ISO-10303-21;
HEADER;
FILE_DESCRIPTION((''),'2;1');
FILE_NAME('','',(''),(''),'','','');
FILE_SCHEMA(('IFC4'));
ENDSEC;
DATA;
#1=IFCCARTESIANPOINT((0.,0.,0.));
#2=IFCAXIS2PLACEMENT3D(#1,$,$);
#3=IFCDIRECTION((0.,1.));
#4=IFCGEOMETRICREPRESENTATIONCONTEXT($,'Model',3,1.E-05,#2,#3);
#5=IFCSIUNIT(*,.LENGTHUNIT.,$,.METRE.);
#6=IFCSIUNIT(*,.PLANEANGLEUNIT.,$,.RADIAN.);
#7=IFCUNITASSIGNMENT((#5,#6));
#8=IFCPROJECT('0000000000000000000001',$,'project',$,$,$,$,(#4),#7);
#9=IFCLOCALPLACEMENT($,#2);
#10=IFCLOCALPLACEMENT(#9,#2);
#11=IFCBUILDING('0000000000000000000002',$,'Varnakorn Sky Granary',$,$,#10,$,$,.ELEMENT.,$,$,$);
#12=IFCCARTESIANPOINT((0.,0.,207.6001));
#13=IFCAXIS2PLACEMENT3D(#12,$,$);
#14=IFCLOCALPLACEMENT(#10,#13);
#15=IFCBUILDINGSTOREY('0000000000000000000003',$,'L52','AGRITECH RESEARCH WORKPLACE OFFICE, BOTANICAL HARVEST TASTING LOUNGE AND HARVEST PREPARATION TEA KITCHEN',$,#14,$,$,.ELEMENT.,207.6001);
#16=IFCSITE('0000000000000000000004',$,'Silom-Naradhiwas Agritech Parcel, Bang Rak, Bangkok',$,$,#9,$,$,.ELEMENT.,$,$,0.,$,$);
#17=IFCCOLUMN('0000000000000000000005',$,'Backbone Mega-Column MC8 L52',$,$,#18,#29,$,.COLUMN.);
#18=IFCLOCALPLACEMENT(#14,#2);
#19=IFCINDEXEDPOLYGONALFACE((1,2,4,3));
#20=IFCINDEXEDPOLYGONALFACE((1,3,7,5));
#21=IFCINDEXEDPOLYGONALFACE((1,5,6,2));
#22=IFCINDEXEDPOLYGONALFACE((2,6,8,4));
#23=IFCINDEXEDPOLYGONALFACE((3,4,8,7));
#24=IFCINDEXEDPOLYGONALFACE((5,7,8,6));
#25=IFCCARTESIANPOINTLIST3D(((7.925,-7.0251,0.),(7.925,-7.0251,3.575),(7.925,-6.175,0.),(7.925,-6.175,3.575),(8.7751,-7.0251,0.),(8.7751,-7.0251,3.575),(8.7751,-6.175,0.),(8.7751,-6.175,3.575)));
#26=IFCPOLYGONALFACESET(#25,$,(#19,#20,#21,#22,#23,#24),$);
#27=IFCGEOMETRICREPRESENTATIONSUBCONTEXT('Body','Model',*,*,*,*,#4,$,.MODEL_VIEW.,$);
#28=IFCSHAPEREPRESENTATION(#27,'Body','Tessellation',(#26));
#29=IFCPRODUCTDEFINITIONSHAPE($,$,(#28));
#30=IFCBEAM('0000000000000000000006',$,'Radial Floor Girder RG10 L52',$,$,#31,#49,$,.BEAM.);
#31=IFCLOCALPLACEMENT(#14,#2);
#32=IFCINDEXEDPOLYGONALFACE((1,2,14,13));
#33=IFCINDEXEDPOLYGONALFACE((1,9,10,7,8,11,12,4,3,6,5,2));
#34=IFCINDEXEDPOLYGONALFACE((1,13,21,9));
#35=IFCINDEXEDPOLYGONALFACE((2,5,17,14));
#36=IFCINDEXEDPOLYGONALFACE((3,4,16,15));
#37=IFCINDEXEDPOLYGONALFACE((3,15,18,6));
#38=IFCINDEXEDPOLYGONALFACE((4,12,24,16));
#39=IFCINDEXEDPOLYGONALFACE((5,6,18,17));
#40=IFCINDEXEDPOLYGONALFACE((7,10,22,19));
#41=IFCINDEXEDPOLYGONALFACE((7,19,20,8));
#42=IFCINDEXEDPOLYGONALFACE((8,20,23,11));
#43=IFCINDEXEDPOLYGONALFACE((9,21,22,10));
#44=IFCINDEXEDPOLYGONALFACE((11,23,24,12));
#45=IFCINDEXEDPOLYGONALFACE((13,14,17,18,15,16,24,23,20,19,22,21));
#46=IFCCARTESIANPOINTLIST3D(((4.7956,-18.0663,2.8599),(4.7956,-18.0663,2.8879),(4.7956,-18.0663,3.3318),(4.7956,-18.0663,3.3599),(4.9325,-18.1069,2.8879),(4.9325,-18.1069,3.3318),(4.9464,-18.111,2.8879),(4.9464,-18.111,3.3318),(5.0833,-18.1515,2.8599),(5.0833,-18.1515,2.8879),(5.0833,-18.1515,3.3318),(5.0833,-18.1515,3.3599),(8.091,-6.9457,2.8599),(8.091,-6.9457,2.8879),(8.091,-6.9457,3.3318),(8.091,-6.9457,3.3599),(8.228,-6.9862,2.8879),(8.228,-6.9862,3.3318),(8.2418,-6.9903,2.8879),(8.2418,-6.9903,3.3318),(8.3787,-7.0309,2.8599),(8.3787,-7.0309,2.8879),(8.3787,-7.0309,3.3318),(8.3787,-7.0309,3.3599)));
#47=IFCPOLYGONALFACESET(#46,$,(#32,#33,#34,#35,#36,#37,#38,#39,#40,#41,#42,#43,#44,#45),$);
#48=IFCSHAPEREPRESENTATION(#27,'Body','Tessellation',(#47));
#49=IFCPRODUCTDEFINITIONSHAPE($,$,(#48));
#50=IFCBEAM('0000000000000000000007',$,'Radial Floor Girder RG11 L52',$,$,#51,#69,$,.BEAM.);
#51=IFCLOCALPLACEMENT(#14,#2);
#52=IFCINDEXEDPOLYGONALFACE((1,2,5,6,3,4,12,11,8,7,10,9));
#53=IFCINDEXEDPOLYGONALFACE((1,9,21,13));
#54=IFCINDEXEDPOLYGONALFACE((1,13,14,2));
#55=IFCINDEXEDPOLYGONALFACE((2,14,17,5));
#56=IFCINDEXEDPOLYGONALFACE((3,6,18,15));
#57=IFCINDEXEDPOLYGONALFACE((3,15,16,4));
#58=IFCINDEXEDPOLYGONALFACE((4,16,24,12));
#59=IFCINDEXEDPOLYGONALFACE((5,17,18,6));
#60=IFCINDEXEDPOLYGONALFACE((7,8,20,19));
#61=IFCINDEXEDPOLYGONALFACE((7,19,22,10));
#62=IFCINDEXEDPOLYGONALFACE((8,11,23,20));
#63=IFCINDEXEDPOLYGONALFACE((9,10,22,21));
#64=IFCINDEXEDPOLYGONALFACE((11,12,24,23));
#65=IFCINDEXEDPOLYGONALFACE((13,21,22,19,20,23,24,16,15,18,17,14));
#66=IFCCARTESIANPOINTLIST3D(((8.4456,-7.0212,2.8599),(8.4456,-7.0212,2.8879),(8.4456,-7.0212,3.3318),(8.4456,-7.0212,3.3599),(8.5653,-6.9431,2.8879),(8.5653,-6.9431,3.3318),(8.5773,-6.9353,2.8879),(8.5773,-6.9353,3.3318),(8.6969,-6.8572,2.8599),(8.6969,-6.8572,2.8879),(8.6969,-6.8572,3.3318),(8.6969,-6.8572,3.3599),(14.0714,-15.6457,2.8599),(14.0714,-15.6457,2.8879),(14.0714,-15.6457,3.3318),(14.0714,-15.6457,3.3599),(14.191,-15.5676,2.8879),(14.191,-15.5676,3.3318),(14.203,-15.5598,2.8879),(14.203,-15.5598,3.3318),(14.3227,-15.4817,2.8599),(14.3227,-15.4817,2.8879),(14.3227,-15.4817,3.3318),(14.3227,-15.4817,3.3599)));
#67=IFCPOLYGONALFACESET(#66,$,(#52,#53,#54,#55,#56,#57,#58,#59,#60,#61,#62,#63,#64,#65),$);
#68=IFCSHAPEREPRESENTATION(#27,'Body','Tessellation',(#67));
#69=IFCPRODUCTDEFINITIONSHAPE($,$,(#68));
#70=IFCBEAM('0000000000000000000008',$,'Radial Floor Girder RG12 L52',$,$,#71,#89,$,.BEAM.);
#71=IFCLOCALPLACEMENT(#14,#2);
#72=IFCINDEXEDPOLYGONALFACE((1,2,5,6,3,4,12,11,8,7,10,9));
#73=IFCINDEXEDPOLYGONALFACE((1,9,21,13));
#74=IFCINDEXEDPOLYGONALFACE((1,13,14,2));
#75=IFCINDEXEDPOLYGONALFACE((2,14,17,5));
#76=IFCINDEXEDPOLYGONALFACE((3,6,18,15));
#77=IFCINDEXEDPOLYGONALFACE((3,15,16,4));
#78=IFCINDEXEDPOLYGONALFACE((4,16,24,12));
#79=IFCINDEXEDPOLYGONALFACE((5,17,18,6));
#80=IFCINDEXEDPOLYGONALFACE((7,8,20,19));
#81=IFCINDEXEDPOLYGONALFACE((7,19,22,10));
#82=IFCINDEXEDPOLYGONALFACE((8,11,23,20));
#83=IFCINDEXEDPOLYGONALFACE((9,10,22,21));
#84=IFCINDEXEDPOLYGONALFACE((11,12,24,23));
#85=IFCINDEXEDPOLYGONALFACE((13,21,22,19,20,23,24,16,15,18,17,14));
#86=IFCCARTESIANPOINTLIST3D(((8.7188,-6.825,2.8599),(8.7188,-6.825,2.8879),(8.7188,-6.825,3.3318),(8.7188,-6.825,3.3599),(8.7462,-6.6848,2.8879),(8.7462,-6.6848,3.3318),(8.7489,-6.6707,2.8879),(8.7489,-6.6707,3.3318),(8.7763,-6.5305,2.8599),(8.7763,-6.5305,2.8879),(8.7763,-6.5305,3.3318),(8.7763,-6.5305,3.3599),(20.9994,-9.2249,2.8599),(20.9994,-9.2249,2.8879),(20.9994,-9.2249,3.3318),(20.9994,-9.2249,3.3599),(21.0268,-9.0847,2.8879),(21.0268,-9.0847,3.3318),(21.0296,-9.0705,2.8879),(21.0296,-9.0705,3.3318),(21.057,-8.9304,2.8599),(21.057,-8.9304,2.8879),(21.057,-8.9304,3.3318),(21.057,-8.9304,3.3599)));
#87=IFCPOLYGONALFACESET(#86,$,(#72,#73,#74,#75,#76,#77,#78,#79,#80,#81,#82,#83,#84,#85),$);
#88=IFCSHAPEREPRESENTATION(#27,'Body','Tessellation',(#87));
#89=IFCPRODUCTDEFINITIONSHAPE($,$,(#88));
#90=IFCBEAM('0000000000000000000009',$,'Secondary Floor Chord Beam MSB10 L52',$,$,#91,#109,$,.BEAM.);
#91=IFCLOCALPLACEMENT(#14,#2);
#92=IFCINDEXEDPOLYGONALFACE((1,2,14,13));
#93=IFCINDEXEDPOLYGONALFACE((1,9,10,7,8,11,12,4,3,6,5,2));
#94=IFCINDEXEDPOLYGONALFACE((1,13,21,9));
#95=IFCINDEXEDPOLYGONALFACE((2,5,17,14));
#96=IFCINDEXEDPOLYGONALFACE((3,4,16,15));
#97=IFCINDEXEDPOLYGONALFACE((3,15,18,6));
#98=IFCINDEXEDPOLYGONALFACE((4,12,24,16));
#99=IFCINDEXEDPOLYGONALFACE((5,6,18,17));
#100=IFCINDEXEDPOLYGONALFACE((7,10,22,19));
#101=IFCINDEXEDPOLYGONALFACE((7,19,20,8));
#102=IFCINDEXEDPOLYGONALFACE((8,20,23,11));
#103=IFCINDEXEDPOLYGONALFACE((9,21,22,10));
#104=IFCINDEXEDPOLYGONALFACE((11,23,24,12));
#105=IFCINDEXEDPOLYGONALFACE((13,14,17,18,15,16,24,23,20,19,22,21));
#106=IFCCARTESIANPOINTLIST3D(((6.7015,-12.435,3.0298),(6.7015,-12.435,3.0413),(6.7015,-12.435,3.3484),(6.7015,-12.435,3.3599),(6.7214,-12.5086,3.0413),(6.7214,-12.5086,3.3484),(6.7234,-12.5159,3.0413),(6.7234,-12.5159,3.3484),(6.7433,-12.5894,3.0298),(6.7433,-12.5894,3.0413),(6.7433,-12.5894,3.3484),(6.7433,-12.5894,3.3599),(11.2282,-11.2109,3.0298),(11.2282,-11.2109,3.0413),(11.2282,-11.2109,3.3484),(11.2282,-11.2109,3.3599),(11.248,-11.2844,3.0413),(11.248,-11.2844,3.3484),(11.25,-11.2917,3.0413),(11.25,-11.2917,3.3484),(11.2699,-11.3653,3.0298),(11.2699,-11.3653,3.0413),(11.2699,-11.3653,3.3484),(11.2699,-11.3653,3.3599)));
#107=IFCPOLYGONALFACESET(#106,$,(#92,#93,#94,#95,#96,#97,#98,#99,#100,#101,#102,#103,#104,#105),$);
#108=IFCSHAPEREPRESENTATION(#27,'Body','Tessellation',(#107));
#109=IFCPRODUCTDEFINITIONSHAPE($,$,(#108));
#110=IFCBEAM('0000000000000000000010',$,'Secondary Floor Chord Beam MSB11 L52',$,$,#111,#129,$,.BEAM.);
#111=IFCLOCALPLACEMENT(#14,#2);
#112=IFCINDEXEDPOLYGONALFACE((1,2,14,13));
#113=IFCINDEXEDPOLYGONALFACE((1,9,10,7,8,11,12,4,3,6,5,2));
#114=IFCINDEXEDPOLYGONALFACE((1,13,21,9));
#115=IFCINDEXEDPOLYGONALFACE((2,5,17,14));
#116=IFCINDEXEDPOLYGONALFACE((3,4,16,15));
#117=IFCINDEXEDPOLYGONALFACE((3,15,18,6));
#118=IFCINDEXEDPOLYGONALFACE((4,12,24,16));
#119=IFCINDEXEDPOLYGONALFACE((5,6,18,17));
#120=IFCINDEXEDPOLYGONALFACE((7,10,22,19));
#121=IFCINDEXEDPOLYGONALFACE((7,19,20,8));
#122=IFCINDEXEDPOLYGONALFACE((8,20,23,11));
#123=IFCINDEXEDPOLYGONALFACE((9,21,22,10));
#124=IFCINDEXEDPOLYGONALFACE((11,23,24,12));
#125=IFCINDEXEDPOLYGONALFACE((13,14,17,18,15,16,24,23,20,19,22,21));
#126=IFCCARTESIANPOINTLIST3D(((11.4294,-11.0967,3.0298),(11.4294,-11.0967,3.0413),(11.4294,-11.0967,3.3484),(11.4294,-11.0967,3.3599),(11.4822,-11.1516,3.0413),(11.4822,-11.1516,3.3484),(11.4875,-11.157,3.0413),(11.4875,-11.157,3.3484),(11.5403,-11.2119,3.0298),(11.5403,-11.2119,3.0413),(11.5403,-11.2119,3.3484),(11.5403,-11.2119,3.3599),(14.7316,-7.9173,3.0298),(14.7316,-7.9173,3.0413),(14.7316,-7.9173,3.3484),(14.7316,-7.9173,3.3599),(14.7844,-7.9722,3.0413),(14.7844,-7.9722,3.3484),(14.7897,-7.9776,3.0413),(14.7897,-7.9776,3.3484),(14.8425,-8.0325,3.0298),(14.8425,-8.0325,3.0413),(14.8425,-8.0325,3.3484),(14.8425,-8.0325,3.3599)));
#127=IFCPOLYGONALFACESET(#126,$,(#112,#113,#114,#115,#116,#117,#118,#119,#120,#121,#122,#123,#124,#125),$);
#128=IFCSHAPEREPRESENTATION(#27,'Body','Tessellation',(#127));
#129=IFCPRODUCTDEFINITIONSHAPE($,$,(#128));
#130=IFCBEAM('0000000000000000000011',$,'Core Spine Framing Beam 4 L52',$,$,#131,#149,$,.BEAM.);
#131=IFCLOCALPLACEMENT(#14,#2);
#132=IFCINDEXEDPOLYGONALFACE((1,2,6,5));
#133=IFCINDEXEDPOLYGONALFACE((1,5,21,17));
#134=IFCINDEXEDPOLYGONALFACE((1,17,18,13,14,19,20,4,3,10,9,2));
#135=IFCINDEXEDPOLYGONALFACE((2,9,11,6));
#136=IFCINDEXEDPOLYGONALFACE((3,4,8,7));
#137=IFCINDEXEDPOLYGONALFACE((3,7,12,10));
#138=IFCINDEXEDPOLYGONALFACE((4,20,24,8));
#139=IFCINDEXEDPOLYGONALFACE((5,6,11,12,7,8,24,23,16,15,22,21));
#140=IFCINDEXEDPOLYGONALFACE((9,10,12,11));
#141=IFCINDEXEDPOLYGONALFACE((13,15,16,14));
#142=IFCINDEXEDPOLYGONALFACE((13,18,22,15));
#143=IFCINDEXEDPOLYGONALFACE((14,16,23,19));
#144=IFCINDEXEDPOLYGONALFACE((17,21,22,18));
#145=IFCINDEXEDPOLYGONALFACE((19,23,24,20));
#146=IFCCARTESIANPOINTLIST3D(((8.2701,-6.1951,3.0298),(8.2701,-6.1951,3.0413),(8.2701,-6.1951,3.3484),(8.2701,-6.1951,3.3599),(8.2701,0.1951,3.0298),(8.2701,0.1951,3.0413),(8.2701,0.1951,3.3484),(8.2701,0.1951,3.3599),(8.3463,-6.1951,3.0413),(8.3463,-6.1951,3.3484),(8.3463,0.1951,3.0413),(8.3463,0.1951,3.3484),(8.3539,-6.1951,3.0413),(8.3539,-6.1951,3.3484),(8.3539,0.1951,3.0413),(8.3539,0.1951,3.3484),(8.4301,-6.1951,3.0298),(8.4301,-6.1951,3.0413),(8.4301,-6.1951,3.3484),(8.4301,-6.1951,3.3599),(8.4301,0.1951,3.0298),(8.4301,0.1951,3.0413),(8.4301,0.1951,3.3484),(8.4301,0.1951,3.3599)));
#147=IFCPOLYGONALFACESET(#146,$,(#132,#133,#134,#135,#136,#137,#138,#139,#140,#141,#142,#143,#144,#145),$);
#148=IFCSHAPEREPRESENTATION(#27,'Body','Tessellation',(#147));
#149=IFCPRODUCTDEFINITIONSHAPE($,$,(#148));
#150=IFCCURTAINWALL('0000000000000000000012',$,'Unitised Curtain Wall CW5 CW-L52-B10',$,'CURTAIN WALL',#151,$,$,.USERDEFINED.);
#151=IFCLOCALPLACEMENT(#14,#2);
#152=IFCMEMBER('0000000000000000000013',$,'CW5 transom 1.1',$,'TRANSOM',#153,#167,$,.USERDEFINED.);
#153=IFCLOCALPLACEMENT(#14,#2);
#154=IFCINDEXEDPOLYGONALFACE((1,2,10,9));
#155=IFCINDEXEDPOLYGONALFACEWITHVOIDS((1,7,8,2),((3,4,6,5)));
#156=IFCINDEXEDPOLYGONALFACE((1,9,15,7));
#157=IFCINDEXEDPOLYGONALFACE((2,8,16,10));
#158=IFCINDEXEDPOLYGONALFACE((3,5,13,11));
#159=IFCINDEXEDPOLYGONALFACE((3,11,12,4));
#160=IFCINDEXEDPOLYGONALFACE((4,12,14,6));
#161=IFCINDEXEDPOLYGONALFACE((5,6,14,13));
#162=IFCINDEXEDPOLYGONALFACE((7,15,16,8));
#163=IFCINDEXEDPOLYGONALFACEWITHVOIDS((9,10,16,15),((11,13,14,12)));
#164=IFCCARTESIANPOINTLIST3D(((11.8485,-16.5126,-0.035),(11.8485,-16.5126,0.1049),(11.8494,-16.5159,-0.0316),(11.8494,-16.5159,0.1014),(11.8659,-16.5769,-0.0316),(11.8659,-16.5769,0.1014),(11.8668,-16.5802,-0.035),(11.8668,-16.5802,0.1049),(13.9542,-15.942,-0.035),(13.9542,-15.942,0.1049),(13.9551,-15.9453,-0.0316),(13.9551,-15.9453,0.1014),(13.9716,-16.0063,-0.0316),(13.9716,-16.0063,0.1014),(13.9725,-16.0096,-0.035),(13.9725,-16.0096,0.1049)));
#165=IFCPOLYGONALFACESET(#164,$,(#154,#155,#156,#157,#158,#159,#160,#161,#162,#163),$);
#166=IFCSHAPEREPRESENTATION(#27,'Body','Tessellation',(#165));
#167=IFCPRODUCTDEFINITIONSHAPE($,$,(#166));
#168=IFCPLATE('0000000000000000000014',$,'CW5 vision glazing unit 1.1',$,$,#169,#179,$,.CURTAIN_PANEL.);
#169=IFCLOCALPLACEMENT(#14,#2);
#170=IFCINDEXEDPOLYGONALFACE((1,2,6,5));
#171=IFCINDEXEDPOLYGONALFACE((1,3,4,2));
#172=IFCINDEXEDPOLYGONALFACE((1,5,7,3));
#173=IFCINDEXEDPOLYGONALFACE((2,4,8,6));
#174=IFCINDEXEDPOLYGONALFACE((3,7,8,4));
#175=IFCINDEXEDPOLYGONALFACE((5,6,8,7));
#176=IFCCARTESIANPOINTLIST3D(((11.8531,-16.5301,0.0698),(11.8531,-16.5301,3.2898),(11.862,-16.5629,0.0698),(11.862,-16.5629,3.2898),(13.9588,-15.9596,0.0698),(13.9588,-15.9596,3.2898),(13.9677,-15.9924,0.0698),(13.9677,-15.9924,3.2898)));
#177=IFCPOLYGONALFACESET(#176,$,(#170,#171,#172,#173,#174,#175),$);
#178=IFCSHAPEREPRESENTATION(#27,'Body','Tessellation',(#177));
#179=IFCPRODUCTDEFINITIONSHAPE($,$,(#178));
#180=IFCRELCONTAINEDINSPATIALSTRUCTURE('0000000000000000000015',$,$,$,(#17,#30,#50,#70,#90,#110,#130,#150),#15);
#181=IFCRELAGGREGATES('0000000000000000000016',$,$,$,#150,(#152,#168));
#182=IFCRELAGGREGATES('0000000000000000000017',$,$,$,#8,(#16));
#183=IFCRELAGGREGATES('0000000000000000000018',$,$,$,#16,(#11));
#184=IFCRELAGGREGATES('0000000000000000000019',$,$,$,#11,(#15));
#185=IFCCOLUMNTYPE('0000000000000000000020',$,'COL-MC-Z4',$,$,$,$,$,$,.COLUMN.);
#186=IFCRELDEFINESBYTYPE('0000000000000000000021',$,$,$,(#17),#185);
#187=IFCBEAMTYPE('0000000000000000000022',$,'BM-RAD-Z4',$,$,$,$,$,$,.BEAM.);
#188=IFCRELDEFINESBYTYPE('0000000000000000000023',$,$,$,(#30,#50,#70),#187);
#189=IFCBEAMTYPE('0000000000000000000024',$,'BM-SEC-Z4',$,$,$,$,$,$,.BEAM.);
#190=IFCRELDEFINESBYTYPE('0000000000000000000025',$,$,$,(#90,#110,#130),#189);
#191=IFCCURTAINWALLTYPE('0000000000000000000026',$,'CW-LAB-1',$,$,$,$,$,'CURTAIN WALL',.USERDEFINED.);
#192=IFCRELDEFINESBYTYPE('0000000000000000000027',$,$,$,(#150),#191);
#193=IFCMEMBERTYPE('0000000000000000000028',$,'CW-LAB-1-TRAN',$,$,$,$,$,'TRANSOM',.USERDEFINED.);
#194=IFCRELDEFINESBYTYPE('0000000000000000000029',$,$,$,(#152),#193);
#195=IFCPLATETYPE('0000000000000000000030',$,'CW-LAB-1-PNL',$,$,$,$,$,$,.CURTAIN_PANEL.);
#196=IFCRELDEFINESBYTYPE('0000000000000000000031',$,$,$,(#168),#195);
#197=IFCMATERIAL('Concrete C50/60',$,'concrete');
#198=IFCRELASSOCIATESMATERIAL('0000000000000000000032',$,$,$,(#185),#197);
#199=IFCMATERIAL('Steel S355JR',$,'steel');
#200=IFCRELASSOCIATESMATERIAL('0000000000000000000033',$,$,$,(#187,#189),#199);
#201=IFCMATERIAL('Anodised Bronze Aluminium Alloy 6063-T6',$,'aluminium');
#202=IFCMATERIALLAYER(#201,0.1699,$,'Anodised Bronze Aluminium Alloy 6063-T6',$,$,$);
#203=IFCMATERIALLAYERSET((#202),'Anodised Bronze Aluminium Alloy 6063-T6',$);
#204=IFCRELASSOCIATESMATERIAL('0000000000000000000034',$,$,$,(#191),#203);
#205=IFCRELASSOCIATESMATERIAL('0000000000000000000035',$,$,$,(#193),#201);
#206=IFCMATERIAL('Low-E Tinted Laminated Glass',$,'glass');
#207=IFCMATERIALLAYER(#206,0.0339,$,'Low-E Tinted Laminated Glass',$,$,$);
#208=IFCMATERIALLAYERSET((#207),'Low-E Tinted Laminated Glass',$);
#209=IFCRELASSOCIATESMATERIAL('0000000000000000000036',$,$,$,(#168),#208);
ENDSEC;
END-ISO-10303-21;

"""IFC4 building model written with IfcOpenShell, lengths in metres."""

from ifc_helpers import new_model, si_unit, direction, frame, origin, origin_2d, place, context, subcontext, project, spatial, rectangle, hollow_rectangle, i_section, extrude, source, transform, mapped, material, layer, layer_set, material_profile, profile_set, type_object, type_shapes, element, aggregate, save


model = new_model("IFC4")

# Units and contexts
model_context = context("Model", 3, precision=1e-05, world=origin(), true_north=direction((0.0, 1.0)))
body_context = subcontext(model_context, "Body", "Model", "MODEL_VIEW")
ifc_project = project(units=[si_unit("LENGTHUNIT", "METRE"), si_unit("PLANEANGLEUNIT", "RADIAN")], contexts=[model_context])

# Site, building, storey
site_placement = place(None, origin())
site = spatial("IfcSite", under=ifc_project, at=site_placement, Name="Silom-Naradhiwas Agritech Parcel, Bang Rak, Bangkok", CompositionType="ELEMENT", RefElevation=0.0)
building_placement = place(site_placement, origin())
building = spatial("IfcBuilding", under=site, at=building_placement, Name="Varnakorn Sky Granary", CompositionType="ELEMENT")
storey_placement = place(building_placement, frame((0.0, 0.0, 207.6001)))
storey = spatial("IfcBuildingStorey", under=building, at=storey_placement, Name="L52", Description="AGRITECH RESEARCH WORKPLACE OFFICE, BOTANICAL HARVEST TASTING LOUNGE AND HARVEST PREPARATION TEA KITCHEN", CompositionType="ELEMENT", Elevation=207.6001)

# Column
ifc_material_1 = material(Name="Concrete C50/60", Category="concrete")
ifc_material_profile_1 = material_profile(ifc_material_1, rectangle(XDim=0.8501, YDim=0.8501, at=origin_2d()), Name="RC 850x850")
ifc_profile_set_1 = profile_set([ifc_material_profile_1], Name="Concrete C50/60")
column_type = type_object("IfcColumnType", Name="COL-MC-Z4", PredefinedType="COLUMN", material=ifc_profile_set_1)
column_placement = place(storey_placement, frame((8.3501, -6.6001, 0.0), z_axis=(0.0, 0.0, 1.0), x_axis=(1.0, 0.0, 0.0)))
element("IfcColumn", 1, at=column_placement, inside=storey, type_object=column_type, Name="Backbone Mega-Column MC8 L52", PredefinedType="COLUMN", context=body_context, shape_type="SweptSolid", body=[
    extrude(rectangle(XDim=0.8501, YDim=0.8501, at=origin_2d()), origin(), (0.0, 0.0, 1.0), 3.575),
])

# Beams
ifc_material_2 = material(Name="Steel S355JR", Category="steel")
ifc_material_profile_2 = material_profile(ifc_material_2, i_section(OverallWidth=0.3, OverallDepth=0.5, WebThickness=0.0144, FlangeThickness=0.0281, at=origin_2d()), Name="HE 500 B")
ifc_profile_set_2 = profile_set([ifc_material_profile_2], Name="Steel S355JR")
beam_type_1 = type_object("IfcBeamType", Name="BM-RAD-Z4", PredefinedType="BEAM", material=ifc_profile_set_2)
beam_1_placement = place(storey_placement, frame((8.2349, -6.9883, 3.1099), z_axis=(-0.284121, -0.958788, 0.0), x_axis=(0.958788, -0.284121, 0.0)))
element("IfcBeam", 2, at=beam_1_placement, inside=storey, type_object=beam_type_1, Name="Radial Floor Girder RG10 L52", PredefinedType="BEAM", context=body_context, shape_type="SweptSolid", body=[
    extrude(i_section(OverallWidth=0.3, OverallDepth=0.5, WebThickness=0.0144, FlangeThickness=0.0281, at=origin_2d()), origin(), (0.0, 0.0, 1.0), 11.5986),
])
beam_2_placement = place(storey_placement, frame((8.5713, -6.9392, 3.1099), z_axis=(0.546339, -0.837564, 0.0), x_axis=(0.837564, 0.546339, 0.0)))
element("IfcBeam", 3, at=beam_2_placement, inside=storey, type_object=beam_type_1, Name="Radial Floor Girder RG11 L52", PredefinedType="BEAM", context=body_context, shape_type="SweptSolid", body=[
    extrude(i_section(OverallWidth=0.3, OverallDepth=0.5, WebThickness=0.0144, FlangeThickness=0.0281, at=origin_2d()), origin(), (0.0, 0.0, 1.0), 10.2971),
])
beam_3_placement = place(storey_placement, frame((8.7476, -6.6777, 3.1099), z_axis=(0.981436, -0.191792, 0.0), x_axis=(0.191792, 0.981436, 0.0)))
element("IfcBeam", 4, at=beam_3_placement, inside=storey, type_object=beam_type_1, Name="Radial Floor Girder RG12 L52", PredefinedType="BEAM", context=body_context, shape_type="SweptSolid", body=[
    extrude(i_section(OverallWidth=0.3, OverallDepth=0.5, WebThickness=0.0144, FlangeThickness=0.0281, at=origin_2d()), origin(), (0.0, 0.0, 1.0), 12.5129),
])
ifc_material_profile_3 = material_profile(ifc_material_2, i_section(OverallWidth=0.1599, OverallDepth=0.3301, WebThickness=0.0076, FlangeThickness=0.0115, at=origin_2d()), Name="IPE 330")
ifc_profile_set_3 = profile_set([ifc_material_profile_3], Name="Steel S355JR")
beam_type_2 = type_object("IfcBeamType", Name="BM-SEC-Z4", PredefinedType="BEAM", material=ifc_profile_set_3)
beam_4_placement = place(storey_placement, frame((6.7224, -12.5122, 3.1948), z_axis=(0.965325, 0.261051, 0.0), x_axis=(-0.261051, 0.965325, 0.0)))
element("IfcBeam", 5, at=beam_4_placement, inside=storey, type_object=beam_type_2, Name="Secondary Floor Chord Beam MSB10 L52", PredefinedType="BEAM", context=body_context, shape_type="SweptSolid", body=[
    extrude(i_section(OverallWidth=0.1599, OverallDepth=0.3301, WebThickness=0.0076, FlangeThickness=0.0115, at=origin_2d()), origin(), (0.0, 0.0, 1.0), 4.6892),
])
beam_5_placement = place(storey_placement, frame((11.4849, -11.1543, 3.1948), z_axis=(0.720374, 0.693585, 0.0), x_axis=(-0.693585, 0.720374, 0.0)))
element("IfcBeam", 6, at=beam_5_placement, inside=storey, type_object=beam_type_2, Name="Secondary Floor Chord Beam MSB11 L52", PredefinedType="BEAM", context=body_context, shape_type="SweptSolid", body=[
    extrude(i_section(OverallWidth=0.1599, OverallDepth=0.3301, WebThickness=0.0076, FlangeThickness=0.0115, at=origin_2d()), origin(), (0.0, 0.0, 1.0), 4.584),
])
beam_6_placement = place(storey_placement, frame((8.3501, 0.1951, 3.1948), z_axis=(0.0, -1.0, 0.0), x_axis=(1.0, 0.0, 0.0)))
element("IfcBeam", 7, at=beam_6_placement, inside=storey, type_object=beam_type_2, Name="Core Spine Framing Beam 4 L52", PredefinedType="BEAM", context=body_context, shape_type="SweptSolid", body=[
    extrude(i_section(OverallWidth=0.1599, OverallDepth=0.3301, WebThickness=0.0076, FlangeThickness=0.0115, at=origin_2d()), origin(), (0.0, 0.0, 1.0), 6.3901),
])

# Curtain wall, member, plate
ifc_material_3 = material(Name="Anodised Bronze Aluminium Alloy 6063-T6", Category="aluminium")
ifc_layer_1 = layer(ifc_material_3, 0.1699, Name="Anodised Bronze Aluminium Alloy 6063-T6")
ifc_layer_set_1 = layer_set([ifc_layer_1], Name="Anodised Bronze Aluminium Alloy 6063-T6")
curtain_wall_type = type_object("IfcCurtainWallType", Name="CW-LAB-1", ElementType="CURTAIN WALL", PredefinedType="USERDEFINED", material=ifc_layer_set_1)
curtain_wall_placement = place(storey_placement, origin())
curtain_wall = element("IfcCurtainWall", 8, at=curtain_wall_placement, inside=storey, type_object=curtain_wall_type, Name="Unitised Curtain Wall CW5 CW-L52-B10", ObjectType="CURTAIN WALL", PredefinedType="USERDEFINED")
ifc_material_profile_4 = material_profile(ifc_material_3, hollow_rectangle(XDim=0.0701, YDim=0.1399, WallThickness=0.0034, at=origin_2d()), Name="ALU TRAN 70x140")
ifc_profile_set_4 = profile_set([ifc_material_profile_4], Name="Anodised Bronze Aluminium Alloy 6063-T6")
member_type = type_object("IfcMemberType", Name="CW-LAB-1-TRAN", ElementType="TRANSOM", PredefinedType="USERDEFINED", material=ifc_profile_set_4)
member_placement = place(storey_placement, frame((13.9634, -15.9758, 0.0349), z_axis=(-0.965196, -0.261526, 0.0), x_axis=(0.261526, -0.965196, 0.0)))
member = element("IfcMember", 9, at=member_placement, type_object=member_type, Name="CW5 transom 1.1", ObjectType="TRANSOM", PredefinedType="USERDEFINED", context=body_context, shape_type="SweptSolid", body=[
    extrude(hollow_rectangle(XDim=0.0701, YDim=0.1399, WallThickness=0.0034, at=origin_2d()), origin(), (0.0, 0.0, 1.0), 2.1816),
])
ifc_material_4 = material(Name="Low-E Tinted Laminated Glass", Category="glass")
ifc_layer_2 = layer(ifc_material_4, 0.0339, Name="Low-E Tinted Laminated Glass")
ifc_layer_set_2 = layer_set([ifc_layer_2], Name="Low-E Tinted Laminated Glass")
plate_type = type_object("IfcPlateType", Name="CW-LAB-1-PNL", PredefinedType="CURTAIN_PANEL")
shared_shape = source(origin(), body_context, "Body", "SweptSolid", [
    extrude(rectangle(XDim=2.1816, YDim=0.0339, at=origin_2d()), origin(), (0.0, 0.0, 1.0), 3.22),
])
type_shapes(plate_type, [shared_shape])
plate_placement = place(storey_placement, frame((12.9104, -16.2612, 0.0698), z_axis=(0.0, 0.0, 1.0), x_axis=(-0.965203, -0.261502, 0.0)))
plate = element("IfcPlate", 10, at=plate_placement, type_object=plate_type, material=ifc_layer_set_2, Name="CW5 vision glazing unit 1.1", PredefinedType="CURTAIN_PANEL", context=body_context, shape_type="MappedRepresentation", body=[
    mapped(shared_shape, transform((0.0, 0.0, 0.0), x_axis=(1.0, 0.0, 0.0), y_axis=(0.0, 1.0, 0.0), z_axis=(0.0, 0.0, 1.0), scale=1.0)),
])
aggregate(curtain_wall, [member, plate])

save(model, "model.ifc")
